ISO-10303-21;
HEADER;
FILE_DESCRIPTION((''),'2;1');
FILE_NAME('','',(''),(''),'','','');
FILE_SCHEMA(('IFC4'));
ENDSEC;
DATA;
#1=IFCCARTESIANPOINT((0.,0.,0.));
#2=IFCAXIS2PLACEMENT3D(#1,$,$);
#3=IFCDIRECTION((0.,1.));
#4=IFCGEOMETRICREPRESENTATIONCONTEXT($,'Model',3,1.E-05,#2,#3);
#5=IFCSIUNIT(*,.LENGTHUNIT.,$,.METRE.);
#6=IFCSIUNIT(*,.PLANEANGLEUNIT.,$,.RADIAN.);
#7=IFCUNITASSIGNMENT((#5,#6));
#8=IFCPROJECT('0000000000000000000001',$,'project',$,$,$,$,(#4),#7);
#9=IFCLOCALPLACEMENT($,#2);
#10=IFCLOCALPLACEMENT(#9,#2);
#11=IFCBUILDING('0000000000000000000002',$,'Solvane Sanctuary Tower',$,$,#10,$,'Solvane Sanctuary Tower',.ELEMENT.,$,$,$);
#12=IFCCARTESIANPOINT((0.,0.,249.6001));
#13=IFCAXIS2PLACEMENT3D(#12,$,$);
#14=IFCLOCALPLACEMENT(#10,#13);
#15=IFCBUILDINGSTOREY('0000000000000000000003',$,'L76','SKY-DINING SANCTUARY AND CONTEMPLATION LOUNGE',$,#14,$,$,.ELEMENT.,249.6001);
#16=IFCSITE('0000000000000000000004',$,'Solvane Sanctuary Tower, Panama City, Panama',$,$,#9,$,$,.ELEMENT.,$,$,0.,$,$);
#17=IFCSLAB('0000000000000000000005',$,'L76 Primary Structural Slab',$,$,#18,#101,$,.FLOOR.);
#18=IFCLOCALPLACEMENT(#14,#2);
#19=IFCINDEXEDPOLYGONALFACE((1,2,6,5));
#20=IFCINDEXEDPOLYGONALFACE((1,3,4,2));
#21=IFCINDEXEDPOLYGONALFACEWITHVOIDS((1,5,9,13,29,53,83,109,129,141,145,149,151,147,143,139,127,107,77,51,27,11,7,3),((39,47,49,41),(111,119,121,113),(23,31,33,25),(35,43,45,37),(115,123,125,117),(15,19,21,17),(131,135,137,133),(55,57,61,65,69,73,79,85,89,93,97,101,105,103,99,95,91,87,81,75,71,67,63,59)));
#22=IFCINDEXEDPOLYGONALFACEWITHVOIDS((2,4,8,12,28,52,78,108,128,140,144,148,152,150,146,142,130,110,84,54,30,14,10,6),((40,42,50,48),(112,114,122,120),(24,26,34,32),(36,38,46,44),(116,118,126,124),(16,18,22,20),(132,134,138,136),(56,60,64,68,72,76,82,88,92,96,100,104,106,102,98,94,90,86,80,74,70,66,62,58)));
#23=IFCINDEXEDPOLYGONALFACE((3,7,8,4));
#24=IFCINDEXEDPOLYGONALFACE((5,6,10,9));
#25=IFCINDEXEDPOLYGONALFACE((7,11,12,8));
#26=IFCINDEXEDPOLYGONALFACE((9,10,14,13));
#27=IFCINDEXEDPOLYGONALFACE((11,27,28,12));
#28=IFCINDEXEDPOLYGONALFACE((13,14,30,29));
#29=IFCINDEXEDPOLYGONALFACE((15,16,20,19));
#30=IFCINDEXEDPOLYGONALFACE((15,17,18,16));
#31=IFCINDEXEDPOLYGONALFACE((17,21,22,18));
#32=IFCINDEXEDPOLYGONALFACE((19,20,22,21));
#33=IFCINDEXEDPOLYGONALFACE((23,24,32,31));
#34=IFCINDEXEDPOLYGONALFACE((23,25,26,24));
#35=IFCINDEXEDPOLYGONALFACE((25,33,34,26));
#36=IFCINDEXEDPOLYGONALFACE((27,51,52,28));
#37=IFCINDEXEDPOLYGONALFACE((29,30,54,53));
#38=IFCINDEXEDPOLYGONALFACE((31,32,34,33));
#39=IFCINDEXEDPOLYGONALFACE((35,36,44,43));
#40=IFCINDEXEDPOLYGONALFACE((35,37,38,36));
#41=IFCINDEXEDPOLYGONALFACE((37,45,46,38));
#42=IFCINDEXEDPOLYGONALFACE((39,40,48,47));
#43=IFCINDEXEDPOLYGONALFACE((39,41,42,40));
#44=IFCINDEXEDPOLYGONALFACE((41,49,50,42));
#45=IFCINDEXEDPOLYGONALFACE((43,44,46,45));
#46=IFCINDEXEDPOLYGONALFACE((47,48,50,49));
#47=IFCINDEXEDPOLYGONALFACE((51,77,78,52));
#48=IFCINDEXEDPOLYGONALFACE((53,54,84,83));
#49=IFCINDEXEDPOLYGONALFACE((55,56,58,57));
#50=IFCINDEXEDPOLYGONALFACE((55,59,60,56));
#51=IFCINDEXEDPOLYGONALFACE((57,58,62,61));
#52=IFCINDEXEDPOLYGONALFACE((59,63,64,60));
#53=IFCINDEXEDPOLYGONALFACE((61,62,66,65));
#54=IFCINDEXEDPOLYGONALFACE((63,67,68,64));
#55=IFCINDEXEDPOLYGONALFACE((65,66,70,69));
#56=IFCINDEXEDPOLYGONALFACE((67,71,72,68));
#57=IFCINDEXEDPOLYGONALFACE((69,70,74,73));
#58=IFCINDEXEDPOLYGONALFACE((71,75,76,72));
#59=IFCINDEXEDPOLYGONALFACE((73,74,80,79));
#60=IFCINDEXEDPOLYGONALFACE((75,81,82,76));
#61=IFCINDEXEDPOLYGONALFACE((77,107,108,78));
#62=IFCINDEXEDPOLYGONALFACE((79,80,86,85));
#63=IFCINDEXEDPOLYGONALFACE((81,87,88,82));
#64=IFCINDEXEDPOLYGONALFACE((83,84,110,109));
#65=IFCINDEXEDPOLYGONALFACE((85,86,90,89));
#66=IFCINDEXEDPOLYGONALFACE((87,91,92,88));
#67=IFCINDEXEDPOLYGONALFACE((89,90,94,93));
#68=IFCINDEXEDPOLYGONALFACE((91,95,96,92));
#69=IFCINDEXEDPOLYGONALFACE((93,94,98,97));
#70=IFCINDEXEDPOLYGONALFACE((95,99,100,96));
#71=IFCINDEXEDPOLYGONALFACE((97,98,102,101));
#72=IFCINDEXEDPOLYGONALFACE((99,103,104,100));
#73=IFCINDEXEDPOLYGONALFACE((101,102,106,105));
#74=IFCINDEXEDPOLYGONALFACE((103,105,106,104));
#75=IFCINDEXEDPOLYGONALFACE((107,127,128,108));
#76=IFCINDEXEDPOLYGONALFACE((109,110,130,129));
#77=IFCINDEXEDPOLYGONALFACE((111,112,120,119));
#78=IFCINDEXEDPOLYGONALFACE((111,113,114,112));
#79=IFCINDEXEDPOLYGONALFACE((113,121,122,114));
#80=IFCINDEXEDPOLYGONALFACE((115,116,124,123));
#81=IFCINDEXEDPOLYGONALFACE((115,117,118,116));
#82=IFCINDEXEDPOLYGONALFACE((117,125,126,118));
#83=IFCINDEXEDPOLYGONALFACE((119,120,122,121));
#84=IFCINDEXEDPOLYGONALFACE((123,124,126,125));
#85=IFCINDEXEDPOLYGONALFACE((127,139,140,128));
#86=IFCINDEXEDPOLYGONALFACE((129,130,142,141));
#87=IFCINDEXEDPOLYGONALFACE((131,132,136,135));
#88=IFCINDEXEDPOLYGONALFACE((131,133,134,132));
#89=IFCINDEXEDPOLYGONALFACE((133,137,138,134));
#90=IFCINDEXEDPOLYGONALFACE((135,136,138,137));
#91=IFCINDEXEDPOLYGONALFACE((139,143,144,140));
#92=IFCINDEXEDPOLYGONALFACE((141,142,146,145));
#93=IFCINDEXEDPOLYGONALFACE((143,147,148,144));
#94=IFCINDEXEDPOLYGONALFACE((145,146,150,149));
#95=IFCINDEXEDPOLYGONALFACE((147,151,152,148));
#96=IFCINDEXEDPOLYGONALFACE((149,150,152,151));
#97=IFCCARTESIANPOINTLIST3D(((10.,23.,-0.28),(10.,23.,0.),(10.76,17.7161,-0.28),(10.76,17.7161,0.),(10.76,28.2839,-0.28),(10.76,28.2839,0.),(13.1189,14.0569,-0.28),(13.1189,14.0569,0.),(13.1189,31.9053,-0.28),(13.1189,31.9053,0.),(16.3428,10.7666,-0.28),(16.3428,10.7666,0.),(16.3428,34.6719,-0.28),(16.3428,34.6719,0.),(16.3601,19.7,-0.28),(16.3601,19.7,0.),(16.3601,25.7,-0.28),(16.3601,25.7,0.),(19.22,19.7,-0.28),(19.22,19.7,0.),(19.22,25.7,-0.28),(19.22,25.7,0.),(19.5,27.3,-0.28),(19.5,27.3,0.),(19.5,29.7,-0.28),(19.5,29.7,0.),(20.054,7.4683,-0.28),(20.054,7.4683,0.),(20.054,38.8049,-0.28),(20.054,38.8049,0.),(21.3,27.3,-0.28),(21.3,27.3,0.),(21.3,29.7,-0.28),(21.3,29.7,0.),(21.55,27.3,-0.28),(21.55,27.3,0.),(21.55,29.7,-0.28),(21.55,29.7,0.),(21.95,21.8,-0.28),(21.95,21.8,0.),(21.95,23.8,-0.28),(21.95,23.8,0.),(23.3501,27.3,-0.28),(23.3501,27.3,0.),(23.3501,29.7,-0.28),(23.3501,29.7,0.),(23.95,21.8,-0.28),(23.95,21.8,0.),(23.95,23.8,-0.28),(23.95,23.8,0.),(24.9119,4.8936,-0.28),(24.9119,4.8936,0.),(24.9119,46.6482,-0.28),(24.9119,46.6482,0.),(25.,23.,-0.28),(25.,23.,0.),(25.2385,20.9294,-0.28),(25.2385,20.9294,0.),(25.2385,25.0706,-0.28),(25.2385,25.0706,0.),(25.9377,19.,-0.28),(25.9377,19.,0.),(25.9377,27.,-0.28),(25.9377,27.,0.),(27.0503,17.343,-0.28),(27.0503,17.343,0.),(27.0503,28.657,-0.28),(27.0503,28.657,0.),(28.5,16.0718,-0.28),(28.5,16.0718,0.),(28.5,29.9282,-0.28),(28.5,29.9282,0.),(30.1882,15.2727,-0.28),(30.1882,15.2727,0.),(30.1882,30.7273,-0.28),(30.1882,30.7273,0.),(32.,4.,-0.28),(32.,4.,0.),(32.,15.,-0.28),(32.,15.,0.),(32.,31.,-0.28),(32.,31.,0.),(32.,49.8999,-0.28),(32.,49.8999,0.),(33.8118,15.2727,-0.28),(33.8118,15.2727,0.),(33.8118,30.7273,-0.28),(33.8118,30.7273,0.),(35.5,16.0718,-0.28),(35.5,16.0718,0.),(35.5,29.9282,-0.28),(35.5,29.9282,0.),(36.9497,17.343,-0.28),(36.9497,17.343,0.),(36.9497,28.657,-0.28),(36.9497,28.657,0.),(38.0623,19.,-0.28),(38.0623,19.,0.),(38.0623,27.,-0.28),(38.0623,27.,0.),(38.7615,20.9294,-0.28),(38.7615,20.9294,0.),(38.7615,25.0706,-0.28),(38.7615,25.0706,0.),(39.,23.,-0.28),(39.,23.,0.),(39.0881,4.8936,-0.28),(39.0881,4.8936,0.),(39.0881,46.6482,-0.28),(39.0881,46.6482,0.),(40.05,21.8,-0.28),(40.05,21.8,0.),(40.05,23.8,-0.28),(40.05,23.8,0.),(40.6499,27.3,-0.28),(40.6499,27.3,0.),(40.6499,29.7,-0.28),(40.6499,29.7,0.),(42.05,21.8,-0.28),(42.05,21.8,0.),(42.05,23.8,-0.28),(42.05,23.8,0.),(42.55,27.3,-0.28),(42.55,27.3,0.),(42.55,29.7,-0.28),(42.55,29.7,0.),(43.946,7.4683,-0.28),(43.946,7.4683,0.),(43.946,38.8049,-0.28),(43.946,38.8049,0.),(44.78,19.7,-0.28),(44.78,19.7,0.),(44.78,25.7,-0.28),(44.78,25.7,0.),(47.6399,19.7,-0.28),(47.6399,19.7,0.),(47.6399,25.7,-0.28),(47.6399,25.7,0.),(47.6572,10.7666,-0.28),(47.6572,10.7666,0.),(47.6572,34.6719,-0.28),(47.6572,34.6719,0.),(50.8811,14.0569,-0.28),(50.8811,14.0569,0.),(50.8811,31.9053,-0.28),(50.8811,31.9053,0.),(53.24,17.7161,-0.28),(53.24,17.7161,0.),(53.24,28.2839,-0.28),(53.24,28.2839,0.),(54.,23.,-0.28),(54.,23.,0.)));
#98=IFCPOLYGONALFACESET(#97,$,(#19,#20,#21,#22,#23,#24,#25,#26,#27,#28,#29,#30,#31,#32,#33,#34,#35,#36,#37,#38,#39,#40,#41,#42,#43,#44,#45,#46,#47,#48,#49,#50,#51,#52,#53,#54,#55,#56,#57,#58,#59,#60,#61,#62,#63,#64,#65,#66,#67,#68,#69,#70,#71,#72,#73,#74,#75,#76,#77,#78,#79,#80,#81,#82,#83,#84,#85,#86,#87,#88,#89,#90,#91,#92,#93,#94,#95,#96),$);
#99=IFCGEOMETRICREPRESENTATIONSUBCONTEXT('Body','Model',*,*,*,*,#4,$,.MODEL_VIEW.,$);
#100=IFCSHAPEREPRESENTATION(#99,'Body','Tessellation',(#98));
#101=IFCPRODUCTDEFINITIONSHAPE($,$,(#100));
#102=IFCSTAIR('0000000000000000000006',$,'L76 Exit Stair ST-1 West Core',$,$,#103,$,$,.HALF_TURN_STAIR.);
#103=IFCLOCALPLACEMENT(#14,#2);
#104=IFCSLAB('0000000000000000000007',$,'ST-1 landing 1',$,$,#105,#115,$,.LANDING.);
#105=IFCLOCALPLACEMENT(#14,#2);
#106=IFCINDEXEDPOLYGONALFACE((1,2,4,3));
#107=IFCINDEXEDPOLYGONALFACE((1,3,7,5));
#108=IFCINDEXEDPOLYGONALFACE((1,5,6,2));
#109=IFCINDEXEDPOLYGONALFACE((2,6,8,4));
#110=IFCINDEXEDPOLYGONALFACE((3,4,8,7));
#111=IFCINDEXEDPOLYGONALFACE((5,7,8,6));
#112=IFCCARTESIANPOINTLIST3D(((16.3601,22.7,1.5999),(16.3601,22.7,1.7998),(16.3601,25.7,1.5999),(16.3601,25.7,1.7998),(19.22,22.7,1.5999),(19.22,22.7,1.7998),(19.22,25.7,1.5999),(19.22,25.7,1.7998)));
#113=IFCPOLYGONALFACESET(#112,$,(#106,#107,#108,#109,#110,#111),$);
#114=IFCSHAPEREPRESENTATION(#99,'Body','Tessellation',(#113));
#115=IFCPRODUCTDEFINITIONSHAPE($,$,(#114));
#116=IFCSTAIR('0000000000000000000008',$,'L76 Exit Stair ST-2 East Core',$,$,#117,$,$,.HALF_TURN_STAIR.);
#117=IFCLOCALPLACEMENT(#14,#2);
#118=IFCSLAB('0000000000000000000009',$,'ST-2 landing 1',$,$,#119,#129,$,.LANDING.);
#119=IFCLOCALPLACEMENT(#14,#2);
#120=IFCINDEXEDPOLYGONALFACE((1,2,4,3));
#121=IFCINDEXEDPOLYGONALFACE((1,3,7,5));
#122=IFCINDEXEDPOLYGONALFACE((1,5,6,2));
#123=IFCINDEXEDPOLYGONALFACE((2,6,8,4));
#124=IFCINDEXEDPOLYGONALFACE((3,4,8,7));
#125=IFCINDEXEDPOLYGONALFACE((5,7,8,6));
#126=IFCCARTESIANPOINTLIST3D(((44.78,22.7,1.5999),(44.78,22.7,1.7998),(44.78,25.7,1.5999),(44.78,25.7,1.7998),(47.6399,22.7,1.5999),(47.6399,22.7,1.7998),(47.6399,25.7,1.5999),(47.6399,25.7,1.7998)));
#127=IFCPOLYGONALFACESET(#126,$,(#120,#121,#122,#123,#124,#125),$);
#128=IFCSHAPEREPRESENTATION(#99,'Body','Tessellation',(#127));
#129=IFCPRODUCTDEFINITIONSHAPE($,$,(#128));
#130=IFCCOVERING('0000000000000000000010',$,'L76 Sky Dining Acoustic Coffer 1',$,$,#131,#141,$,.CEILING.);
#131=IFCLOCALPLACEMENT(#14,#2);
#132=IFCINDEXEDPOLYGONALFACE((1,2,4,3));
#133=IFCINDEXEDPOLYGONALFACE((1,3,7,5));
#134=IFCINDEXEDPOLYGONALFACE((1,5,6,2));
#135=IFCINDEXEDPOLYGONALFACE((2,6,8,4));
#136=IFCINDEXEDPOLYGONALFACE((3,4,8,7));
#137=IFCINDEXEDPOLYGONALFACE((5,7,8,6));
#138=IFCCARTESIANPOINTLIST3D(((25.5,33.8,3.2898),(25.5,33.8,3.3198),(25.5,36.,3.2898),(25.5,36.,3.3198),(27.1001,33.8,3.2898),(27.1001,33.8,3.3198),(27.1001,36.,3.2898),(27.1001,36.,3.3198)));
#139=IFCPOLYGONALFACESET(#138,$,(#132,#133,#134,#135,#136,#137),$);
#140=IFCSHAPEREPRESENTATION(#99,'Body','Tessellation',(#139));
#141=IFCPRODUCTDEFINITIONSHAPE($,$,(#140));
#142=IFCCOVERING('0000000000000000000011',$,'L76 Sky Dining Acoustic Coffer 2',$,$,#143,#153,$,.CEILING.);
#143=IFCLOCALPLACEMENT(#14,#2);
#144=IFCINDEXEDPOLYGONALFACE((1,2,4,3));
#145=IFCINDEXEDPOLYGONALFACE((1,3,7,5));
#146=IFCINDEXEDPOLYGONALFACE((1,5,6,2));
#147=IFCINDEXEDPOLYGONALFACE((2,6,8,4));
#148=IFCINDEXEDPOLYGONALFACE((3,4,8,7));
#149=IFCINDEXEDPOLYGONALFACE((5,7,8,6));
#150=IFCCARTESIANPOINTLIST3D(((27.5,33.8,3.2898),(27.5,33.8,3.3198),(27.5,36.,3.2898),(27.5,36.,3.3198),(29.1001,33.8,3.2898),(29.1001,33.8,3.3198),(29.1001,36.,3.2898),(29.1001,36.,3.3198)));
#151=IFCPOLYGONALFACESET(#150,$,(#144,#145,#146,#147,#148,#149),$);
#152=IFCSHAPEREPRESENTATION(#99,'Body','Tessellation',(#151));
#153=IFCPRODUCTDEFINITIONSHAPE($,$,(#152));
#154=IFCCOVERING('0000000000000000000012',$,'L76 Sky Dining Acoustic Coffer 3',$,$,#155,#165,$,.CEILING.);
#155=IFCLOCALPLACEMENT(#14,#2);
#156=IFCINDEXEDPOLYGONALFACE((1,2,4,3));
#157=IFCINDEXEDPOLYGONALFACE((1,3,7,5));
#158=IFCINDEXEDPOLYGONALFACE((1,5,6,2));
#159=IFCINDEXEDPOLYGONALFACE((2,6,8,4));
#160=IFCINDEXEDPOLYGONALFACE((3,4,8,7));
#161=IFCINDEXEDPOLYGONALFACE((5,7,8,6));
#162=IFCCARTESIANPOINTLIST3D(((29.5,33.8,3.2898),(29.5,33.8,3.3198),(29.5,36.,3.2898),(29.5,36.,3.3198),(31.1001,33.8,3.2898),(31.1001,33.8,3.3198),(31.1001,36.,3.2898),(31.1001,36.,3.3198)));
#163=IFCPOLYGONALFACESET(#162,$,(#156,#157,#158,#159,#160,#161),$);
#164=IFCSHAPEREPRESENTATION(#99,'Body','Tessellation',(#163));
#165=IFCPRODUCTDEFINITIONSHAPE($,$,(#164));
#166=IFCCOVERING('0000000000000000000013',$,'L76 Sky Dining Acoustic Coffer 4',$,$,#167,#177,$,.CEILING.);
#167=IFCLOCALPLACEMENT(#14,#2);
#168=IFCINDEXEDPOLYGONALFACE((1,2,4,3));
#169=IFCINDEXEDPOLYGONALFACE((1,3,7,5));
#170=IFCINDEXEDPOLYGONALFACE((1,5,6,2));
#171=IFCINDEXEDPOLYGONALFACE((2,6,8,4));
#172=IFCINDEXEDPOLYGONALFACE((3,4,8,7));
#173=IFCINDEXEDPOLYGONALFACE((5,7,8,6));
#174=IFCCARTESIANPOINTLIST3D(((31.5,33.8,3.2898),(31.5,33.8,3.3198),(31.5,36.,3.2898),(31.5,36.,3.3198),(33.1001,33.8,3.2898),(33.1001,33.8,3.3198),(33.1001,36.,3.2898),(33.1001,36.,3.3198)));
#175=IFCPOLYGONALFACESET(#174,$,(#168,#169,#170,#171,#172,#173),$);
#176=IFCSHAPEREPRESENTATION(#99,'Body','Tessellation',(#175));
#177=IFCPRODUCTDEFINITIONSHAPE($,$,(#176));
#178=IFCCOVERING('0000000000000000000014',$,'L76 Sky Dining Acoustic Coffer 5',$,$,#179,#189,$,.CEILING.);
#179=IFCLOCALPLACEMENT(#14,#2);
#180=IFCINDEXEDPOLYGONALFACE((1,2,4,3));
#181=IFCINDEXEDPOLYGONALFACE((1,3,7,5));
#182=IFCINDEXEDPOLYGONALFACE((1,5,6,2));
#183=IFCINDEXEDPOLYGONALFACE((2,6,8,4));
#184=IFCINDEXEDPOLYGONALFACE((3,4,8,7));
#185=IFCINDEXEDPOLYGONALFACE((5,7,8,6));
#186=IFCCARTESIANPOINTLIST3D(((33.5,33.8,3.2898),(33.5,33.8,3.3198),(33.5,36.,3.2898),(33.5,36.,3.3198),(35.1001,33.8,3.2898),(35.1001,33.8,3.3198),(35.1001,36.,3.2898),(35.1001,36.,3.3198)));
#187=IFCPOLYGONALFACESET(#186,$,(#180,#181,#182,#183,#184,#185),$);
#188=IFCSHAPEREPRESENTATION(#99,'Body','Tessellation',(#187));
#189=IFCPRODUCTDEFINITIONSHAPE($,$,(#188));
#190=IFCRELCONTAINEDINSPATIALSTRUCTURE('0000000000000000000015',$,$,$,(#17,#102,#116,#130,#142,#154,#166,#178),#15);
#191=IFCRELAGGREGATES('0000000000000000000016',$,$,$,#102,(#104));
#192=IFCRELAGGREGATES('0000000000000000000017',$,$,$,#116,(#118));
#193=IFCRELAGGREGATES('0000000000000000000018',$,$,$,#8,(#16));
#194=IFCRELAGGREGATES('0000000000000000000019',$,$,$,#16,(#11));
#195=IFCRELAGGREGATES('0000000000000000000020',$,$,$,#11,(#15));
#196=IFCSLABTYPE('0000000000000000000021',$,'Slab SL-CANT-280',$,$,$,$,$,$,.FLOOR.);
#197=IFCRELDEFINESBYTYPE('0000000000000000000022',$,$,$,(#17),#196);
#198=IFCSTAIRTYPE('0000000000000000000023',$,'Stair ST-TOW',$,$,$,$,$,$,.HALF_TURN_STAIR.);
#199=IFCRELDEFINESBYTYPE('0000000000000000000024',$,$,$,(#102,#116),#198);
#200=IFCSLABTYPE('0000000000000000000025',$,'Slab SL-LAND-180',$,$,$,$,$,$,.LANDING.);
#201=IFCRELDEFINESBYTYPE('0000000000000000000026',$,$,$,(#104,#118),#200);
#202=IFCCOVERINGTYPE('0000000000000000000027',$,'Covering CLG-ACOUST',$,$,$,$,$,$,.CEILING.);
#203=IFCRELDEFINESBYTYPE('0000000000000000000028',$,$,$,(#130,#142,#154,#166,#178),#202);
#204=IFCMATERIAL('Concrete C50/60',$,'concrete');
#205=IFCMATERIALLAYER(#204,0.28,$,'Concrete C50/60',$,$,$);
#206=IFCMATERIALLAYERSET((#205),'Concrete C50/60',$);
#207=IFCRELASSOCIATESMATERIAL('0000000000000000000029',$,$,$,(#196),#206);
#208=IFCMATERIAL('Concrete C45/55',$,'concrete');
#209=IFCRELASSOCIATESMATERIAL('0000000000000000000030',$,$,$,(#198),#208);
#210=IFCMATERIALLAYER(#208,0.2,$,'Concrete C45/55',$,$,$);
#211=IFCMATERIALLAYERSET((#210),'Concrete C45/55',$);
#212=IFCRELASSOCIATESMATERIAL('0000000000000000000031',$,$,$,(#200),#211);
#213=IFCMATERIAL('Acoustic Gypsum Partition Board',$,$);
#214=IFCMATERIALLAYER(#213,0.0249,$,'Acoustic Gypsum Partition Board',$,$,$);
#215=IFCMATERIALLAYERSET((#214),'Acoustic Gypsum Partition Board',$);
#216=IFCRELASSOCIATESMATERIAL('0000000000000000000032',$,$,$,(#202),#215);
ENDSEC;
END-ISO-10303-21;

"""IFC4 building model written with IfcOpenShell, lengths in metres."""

from ifc_helpers import new_model, si_unit, direction, frame, origin, place, context, subcontext, project, spatial, polyline, outline, extrude, material, layer, layer_set, type_object, element, aggregate, save


model = new_model("IFC4")

# Units and contexts
model_context = context("Model", 3, precision=1e-05, world=origin(), true_north=direction((0.0, 1.0)))
body_context = subcontext(model_context, "Body", "Model", "MODEL_VIEW")
ifc_project = project(units=[si_unit("LENGTHUNIT", "METRE"), si_unit("PLANEANGLEUNIT", "RADIAN")], contexts=[model_context])

# Site, building, storey
site_placement = place(None, origin())
site = spatial("IfcSite", under=ifc_project, at=site_placement, Name="Solvane Sanctuary Tower, Panama City, Panama", CompositionType="ELEMENT", RefElevation=0.0)
building_placement = place(site_placement, origin())
building = spatial("IfcBuilding", under=site, at=building_placement, Name="Solvane Sanctuary Tower", LongName="Solvane Sanctuary Tower", CompositionType="ELEMENT")
storey_placement = place(building_placement, frame((0.0, 0.0, 249.6001)))
storey = spatial("IfcBuildingStorey", under=building, at=storey_placement, Name="L76", Description="SKY-DINING SANCTUARY AND CONTEMPLATION LOUNGE", CompositionType="ELEMENT", Elevation=249.6001)

# Slab
ifc_material_1 = material(Name="Concrete C50/60", Category="concrete")
ifc_layer_1 = layer(ifc_material_1, 0.28, Name="Concrete C50/60")
ifc_layer_set_1 = layer_set([ifc_layer_1], Name="Concrete C50/60")
slab_type_1 = type_object("IfcSlabType", Name="Slab SL-CANT-280", PredefinedType="FLOOR", material=ifc_layer_set_1)
slab_1_placement = place(storey_placement, frame((0.0, 0.0, -0.28)))
element("IfcSlab", 1, at=slab_1_placement, inside=storey, type_object=slab_type_1, Name="L76 Primary Structural Slab", PredefinedType="FLOOR", context=body_context, shape_type="SweptSolid", body=[
    extrude(outline(polyline([(54.0, 23.0), (53.24, 28.2839), (50.8811, 31.9053), (47.6572, 34.6719), (43.946, 38.8049), (39.0881, 46.6482), (32.0, 49.8999), (24.9119, 46.6482), (20.054, 38.8049), (16.3428, 34.6719), (13.1189, 31.9053), (10.76, 28.2839), (10.0, 23.0), (10.76, 17.7161), (13.1189, 14.0569), (16.3428, 10.7666), (20.054, 7.4683), (24.9119, 4.8936), (32.0, 4.0), (39.0881, 4.8936), (43.946, 7.4683), (47.6572, 10.7666), (50.8811, 14.0569), (53.24, 17.7161), (54.0, 23.0)]), holes=[polyline([(38.7615, 20.9294), (38.0623, 19.0), (36.9497, 17.343), (35.5, 16.0718), (33.8118, 15.2727), (32.0, 15.0), (30.1882, 15.2727), (28.5, 16.0718), (27.0503, 17.343), (25.9377, 19.0), (25.2385, 20.9294), (25.0, 23.0), (25.2385, 25.0706), (25.9377, 27.0), (27.0503, 28.657), (28.5, 29.9282), (30.1882, 30.7273), (32.0, 31.0), (33.8118, 30.7273), (35.5, 29.9282), (36.9497, 28.657), (38.0623, 27.0), (38.7615, 25.0706), (39.0, 23.0), (38.7615, 20.9294)]), polyline([(16.3601, 19.7), (16.3601, 25.7), (19.22, 25.7), (19.22, 19.7), (16.3601, 19.7)]), polyline([(44.78, 19.7), (44.78, 25.7), (47.6399, 25.7), (47.6399, 19.7), (44.78, 19.7)]), polyline([(21.95, 23.8), (23.95, 23.8), (23.95, 21.8), (21.95, 21.8), (21.95, 23.8)]), polyline([(40.05, 23.8), (42.05, 23.8), (42.05, 21.8), (40.05, 21.8), (40.05, 23.8)]), polyline([(19.5, 29.7), (21.3, 29.7), (21.3, 27.3), (19.5, 27.3), (19.5, 29.7)]), polyline([(21.55, 29.7), (23.3501, 29.7), (23.3501, 27.3), (21.55, 27.3), (21.55, 29.7)]), polyline([(40.6499, 29.7), (42.55, 29.7), (42.55, 27.3), (40.6499, 27.3), (40.6499, 29.7)])]), origin(), (0.0, 0.0, 1.0), 0.28),
])

# Stairs, slabs
ifc_material_2 = material(Name="Concrete C45/55", Category="concrete")
stair_type = type_object("IfcStairType", Name="Stair ST-TOW", PredefinedType="HALF_TURN_STAIR", material=ifc_material_2)
stair_1_placement = place(storey_placement, origin())
stair_1 = element("IfcStair", 2, at=stair_1_placement, inside=storey, type_object=stair_type, Name="L76 Exit Stair ST-1 West Core", PredefinedType="HALF_TURN_STAIR")
ifc_layer_2 = layer(ifc_material_2, 0.2, Name="Concrete C45/55")
ifc_layer_set_2 = layer_set([ifc_layer_2], Name="Concrete C45/55")
slab_type_2 = type_object("IfcSlabType", Name="Slab SL-LAND-180", PredefinedType="LANDING", material=ifc_layer_set_2)
slab_2_placement = place(storey_placement, frame((0.0, 0.0, 1.5999)))
slab_2 = element("IfcSlab", 3, at=slab_2_placement, type_object=slab_type_2, Name="ST-1 landing 1", PredefinedType="LANDING", context=body_context, shape_type="SweptSolid", body=[
    extrude(outline(polyline([(19.22, 22.7), (19.22, 25.7), (16.3601, 25.7), (16.3601, 22.7), (19.22, 22.7)])), origin(), (0.0, 0.0, 1.0), 0.2),
])
aggregate(stair_1, [slab_2])
stair_2_placement = place(storey_placement, origin())
stair_2 = element("IfcStair", 4, at=stair_2_placement, inside=storey, type_object=stair_type, Name="L76 Exit Stair ST-2 East Core", PredefinedType="HALF_TURN_STAIR")
slab_3_placement = place(storey_placement, frame((0.0, 0.0, 1.5999)))
slab_3 = element("IfcSlab", 5, at=slab_3_placement, type_object=slab_type_2, Name="ST-2 landing 1", PredefinedType="LANDING", context=body_context, shape_type="SweptSolid", body=[
    extrude(outline(polyline([(47.6399, 22.7), (47.6399, 25.7), (44.78, 25.7), (44.78, 22.7), (47.6399, 22.7)])), origin(), (0.0, 0.0, 1.0), 0.2),
])
aggregate(stair_2, [slab_3])

# Coverings
ifc_material_3 = material(Name="Acoustic Gypsum Partition Board")
ifc_layer_3 = layer(ifc_material_3, 0.0249, Name="Acoustic Gypsum Partition Board")
ifc_layer_set_3 = layer_set([ifc_layer_3], Name="Acoustic Gypsum Partition Board")
covering_type_1 = type_object("IfcCoveringType", Name="Covering CLG-ACOUST", PredefinedType="CEILING", material=ifc_layer_set_3)
covering_1_placement = place(storey_placement, frame((0.0, 0.0, 3.2898)))
element("IfcCovering", 6, at=covering_1_placement, inside=storey, type_object=covering_type_1, Name="L76 Sky Dining Acoustic Coffer 1", PredefinedType="CEILING", context=body_context, shape_type="SweptSolid", body=[
    extrude(outline(polyline([(25.5, 33.8), (27.1001, 33.8), (27.1001, 36.0), (25.5, 36.0), (25.5, 33.8)])), origin(), (0.0, 0.0, 1.0), 0.03),
])
covering_2_placement = place(storey_placement, frame((0.0, 0.0, 3.2898)))
element("IfcCovering", 7, at=covering_2_placement, inside=storey, type_object=covering_type_1, Name="L76 Sky Dining Acoustic Coffer 2", PredefinedType="CEILING", context=body_context, shape_type="SweptSolid", body=[
    extrude(outline(polyline([(27.5, 33.8), (29.1001, 33.8), (29.1001, 36.0), (27.5, 36.0), (27.5, 33.8)])), origin(), (0.0, 0.0, 1.0), 0.03),
])
covering_3_placement = place(storey_placement, frame((0.0, 0.0, 3.2898)))
element("IfcCovering", 8, at=covering_3_placement, inside=storey, type_object=covering_type_1, Name="L76 Sky Dining Acoustic Coffer 3", PredefinedType="CEILING", context=body_context, shape_type="SweptSolid", body=[
    extrude(outline(polyline([(29.5, 33.8), (31.1001, 33.8), (31.1001, 36.0), (29.5, 36.0), (29.5, 33.8)])), origin(), (0.0, 0.0, 1.0), 0.03),
])
covering_4_placement = place(storey_placement, frame((0.0, 0.0, 3.2898)))
element("IfcCovering", 9, at=covering_4_placement, inside=storey, type_object=covering_type_1, Name="L76 Sky Dining Acoustic Coffer 4", PredefinedType="CEILING", context=body_context, shape_type="SweptSolid", body=[
    extrude(outline(polyline([(31.5, 33.8), (33.1001, 33.8), (33.1001, 36.0), (31.5, 36.0), (31.5, 33.8)])), origin(), (0.0, 0.0, 1.0), 0.03),
])
covering_5_placement = place(storey_placement, frame((0.0, 0.0, 3.2898)))
element("IfcCovering", 10, at=covering_5_placement, inside=storey, type_object=covering_type_1, Name="L76 Sky Dining Acoustic Coffer 5", PredefinedType="CEILING", context=body_context, shape_type="SweptSolid", body=[
    extrude(outline(polyline([(33.5, 33.8), (35.1001, 33.8), (35.1001, 36.0), (33.5, 36.0), (33.5, 33.8)])), origin(), (0.0, 0.0, 1.0), 0.03),
])

save(model, "model.ifc")
